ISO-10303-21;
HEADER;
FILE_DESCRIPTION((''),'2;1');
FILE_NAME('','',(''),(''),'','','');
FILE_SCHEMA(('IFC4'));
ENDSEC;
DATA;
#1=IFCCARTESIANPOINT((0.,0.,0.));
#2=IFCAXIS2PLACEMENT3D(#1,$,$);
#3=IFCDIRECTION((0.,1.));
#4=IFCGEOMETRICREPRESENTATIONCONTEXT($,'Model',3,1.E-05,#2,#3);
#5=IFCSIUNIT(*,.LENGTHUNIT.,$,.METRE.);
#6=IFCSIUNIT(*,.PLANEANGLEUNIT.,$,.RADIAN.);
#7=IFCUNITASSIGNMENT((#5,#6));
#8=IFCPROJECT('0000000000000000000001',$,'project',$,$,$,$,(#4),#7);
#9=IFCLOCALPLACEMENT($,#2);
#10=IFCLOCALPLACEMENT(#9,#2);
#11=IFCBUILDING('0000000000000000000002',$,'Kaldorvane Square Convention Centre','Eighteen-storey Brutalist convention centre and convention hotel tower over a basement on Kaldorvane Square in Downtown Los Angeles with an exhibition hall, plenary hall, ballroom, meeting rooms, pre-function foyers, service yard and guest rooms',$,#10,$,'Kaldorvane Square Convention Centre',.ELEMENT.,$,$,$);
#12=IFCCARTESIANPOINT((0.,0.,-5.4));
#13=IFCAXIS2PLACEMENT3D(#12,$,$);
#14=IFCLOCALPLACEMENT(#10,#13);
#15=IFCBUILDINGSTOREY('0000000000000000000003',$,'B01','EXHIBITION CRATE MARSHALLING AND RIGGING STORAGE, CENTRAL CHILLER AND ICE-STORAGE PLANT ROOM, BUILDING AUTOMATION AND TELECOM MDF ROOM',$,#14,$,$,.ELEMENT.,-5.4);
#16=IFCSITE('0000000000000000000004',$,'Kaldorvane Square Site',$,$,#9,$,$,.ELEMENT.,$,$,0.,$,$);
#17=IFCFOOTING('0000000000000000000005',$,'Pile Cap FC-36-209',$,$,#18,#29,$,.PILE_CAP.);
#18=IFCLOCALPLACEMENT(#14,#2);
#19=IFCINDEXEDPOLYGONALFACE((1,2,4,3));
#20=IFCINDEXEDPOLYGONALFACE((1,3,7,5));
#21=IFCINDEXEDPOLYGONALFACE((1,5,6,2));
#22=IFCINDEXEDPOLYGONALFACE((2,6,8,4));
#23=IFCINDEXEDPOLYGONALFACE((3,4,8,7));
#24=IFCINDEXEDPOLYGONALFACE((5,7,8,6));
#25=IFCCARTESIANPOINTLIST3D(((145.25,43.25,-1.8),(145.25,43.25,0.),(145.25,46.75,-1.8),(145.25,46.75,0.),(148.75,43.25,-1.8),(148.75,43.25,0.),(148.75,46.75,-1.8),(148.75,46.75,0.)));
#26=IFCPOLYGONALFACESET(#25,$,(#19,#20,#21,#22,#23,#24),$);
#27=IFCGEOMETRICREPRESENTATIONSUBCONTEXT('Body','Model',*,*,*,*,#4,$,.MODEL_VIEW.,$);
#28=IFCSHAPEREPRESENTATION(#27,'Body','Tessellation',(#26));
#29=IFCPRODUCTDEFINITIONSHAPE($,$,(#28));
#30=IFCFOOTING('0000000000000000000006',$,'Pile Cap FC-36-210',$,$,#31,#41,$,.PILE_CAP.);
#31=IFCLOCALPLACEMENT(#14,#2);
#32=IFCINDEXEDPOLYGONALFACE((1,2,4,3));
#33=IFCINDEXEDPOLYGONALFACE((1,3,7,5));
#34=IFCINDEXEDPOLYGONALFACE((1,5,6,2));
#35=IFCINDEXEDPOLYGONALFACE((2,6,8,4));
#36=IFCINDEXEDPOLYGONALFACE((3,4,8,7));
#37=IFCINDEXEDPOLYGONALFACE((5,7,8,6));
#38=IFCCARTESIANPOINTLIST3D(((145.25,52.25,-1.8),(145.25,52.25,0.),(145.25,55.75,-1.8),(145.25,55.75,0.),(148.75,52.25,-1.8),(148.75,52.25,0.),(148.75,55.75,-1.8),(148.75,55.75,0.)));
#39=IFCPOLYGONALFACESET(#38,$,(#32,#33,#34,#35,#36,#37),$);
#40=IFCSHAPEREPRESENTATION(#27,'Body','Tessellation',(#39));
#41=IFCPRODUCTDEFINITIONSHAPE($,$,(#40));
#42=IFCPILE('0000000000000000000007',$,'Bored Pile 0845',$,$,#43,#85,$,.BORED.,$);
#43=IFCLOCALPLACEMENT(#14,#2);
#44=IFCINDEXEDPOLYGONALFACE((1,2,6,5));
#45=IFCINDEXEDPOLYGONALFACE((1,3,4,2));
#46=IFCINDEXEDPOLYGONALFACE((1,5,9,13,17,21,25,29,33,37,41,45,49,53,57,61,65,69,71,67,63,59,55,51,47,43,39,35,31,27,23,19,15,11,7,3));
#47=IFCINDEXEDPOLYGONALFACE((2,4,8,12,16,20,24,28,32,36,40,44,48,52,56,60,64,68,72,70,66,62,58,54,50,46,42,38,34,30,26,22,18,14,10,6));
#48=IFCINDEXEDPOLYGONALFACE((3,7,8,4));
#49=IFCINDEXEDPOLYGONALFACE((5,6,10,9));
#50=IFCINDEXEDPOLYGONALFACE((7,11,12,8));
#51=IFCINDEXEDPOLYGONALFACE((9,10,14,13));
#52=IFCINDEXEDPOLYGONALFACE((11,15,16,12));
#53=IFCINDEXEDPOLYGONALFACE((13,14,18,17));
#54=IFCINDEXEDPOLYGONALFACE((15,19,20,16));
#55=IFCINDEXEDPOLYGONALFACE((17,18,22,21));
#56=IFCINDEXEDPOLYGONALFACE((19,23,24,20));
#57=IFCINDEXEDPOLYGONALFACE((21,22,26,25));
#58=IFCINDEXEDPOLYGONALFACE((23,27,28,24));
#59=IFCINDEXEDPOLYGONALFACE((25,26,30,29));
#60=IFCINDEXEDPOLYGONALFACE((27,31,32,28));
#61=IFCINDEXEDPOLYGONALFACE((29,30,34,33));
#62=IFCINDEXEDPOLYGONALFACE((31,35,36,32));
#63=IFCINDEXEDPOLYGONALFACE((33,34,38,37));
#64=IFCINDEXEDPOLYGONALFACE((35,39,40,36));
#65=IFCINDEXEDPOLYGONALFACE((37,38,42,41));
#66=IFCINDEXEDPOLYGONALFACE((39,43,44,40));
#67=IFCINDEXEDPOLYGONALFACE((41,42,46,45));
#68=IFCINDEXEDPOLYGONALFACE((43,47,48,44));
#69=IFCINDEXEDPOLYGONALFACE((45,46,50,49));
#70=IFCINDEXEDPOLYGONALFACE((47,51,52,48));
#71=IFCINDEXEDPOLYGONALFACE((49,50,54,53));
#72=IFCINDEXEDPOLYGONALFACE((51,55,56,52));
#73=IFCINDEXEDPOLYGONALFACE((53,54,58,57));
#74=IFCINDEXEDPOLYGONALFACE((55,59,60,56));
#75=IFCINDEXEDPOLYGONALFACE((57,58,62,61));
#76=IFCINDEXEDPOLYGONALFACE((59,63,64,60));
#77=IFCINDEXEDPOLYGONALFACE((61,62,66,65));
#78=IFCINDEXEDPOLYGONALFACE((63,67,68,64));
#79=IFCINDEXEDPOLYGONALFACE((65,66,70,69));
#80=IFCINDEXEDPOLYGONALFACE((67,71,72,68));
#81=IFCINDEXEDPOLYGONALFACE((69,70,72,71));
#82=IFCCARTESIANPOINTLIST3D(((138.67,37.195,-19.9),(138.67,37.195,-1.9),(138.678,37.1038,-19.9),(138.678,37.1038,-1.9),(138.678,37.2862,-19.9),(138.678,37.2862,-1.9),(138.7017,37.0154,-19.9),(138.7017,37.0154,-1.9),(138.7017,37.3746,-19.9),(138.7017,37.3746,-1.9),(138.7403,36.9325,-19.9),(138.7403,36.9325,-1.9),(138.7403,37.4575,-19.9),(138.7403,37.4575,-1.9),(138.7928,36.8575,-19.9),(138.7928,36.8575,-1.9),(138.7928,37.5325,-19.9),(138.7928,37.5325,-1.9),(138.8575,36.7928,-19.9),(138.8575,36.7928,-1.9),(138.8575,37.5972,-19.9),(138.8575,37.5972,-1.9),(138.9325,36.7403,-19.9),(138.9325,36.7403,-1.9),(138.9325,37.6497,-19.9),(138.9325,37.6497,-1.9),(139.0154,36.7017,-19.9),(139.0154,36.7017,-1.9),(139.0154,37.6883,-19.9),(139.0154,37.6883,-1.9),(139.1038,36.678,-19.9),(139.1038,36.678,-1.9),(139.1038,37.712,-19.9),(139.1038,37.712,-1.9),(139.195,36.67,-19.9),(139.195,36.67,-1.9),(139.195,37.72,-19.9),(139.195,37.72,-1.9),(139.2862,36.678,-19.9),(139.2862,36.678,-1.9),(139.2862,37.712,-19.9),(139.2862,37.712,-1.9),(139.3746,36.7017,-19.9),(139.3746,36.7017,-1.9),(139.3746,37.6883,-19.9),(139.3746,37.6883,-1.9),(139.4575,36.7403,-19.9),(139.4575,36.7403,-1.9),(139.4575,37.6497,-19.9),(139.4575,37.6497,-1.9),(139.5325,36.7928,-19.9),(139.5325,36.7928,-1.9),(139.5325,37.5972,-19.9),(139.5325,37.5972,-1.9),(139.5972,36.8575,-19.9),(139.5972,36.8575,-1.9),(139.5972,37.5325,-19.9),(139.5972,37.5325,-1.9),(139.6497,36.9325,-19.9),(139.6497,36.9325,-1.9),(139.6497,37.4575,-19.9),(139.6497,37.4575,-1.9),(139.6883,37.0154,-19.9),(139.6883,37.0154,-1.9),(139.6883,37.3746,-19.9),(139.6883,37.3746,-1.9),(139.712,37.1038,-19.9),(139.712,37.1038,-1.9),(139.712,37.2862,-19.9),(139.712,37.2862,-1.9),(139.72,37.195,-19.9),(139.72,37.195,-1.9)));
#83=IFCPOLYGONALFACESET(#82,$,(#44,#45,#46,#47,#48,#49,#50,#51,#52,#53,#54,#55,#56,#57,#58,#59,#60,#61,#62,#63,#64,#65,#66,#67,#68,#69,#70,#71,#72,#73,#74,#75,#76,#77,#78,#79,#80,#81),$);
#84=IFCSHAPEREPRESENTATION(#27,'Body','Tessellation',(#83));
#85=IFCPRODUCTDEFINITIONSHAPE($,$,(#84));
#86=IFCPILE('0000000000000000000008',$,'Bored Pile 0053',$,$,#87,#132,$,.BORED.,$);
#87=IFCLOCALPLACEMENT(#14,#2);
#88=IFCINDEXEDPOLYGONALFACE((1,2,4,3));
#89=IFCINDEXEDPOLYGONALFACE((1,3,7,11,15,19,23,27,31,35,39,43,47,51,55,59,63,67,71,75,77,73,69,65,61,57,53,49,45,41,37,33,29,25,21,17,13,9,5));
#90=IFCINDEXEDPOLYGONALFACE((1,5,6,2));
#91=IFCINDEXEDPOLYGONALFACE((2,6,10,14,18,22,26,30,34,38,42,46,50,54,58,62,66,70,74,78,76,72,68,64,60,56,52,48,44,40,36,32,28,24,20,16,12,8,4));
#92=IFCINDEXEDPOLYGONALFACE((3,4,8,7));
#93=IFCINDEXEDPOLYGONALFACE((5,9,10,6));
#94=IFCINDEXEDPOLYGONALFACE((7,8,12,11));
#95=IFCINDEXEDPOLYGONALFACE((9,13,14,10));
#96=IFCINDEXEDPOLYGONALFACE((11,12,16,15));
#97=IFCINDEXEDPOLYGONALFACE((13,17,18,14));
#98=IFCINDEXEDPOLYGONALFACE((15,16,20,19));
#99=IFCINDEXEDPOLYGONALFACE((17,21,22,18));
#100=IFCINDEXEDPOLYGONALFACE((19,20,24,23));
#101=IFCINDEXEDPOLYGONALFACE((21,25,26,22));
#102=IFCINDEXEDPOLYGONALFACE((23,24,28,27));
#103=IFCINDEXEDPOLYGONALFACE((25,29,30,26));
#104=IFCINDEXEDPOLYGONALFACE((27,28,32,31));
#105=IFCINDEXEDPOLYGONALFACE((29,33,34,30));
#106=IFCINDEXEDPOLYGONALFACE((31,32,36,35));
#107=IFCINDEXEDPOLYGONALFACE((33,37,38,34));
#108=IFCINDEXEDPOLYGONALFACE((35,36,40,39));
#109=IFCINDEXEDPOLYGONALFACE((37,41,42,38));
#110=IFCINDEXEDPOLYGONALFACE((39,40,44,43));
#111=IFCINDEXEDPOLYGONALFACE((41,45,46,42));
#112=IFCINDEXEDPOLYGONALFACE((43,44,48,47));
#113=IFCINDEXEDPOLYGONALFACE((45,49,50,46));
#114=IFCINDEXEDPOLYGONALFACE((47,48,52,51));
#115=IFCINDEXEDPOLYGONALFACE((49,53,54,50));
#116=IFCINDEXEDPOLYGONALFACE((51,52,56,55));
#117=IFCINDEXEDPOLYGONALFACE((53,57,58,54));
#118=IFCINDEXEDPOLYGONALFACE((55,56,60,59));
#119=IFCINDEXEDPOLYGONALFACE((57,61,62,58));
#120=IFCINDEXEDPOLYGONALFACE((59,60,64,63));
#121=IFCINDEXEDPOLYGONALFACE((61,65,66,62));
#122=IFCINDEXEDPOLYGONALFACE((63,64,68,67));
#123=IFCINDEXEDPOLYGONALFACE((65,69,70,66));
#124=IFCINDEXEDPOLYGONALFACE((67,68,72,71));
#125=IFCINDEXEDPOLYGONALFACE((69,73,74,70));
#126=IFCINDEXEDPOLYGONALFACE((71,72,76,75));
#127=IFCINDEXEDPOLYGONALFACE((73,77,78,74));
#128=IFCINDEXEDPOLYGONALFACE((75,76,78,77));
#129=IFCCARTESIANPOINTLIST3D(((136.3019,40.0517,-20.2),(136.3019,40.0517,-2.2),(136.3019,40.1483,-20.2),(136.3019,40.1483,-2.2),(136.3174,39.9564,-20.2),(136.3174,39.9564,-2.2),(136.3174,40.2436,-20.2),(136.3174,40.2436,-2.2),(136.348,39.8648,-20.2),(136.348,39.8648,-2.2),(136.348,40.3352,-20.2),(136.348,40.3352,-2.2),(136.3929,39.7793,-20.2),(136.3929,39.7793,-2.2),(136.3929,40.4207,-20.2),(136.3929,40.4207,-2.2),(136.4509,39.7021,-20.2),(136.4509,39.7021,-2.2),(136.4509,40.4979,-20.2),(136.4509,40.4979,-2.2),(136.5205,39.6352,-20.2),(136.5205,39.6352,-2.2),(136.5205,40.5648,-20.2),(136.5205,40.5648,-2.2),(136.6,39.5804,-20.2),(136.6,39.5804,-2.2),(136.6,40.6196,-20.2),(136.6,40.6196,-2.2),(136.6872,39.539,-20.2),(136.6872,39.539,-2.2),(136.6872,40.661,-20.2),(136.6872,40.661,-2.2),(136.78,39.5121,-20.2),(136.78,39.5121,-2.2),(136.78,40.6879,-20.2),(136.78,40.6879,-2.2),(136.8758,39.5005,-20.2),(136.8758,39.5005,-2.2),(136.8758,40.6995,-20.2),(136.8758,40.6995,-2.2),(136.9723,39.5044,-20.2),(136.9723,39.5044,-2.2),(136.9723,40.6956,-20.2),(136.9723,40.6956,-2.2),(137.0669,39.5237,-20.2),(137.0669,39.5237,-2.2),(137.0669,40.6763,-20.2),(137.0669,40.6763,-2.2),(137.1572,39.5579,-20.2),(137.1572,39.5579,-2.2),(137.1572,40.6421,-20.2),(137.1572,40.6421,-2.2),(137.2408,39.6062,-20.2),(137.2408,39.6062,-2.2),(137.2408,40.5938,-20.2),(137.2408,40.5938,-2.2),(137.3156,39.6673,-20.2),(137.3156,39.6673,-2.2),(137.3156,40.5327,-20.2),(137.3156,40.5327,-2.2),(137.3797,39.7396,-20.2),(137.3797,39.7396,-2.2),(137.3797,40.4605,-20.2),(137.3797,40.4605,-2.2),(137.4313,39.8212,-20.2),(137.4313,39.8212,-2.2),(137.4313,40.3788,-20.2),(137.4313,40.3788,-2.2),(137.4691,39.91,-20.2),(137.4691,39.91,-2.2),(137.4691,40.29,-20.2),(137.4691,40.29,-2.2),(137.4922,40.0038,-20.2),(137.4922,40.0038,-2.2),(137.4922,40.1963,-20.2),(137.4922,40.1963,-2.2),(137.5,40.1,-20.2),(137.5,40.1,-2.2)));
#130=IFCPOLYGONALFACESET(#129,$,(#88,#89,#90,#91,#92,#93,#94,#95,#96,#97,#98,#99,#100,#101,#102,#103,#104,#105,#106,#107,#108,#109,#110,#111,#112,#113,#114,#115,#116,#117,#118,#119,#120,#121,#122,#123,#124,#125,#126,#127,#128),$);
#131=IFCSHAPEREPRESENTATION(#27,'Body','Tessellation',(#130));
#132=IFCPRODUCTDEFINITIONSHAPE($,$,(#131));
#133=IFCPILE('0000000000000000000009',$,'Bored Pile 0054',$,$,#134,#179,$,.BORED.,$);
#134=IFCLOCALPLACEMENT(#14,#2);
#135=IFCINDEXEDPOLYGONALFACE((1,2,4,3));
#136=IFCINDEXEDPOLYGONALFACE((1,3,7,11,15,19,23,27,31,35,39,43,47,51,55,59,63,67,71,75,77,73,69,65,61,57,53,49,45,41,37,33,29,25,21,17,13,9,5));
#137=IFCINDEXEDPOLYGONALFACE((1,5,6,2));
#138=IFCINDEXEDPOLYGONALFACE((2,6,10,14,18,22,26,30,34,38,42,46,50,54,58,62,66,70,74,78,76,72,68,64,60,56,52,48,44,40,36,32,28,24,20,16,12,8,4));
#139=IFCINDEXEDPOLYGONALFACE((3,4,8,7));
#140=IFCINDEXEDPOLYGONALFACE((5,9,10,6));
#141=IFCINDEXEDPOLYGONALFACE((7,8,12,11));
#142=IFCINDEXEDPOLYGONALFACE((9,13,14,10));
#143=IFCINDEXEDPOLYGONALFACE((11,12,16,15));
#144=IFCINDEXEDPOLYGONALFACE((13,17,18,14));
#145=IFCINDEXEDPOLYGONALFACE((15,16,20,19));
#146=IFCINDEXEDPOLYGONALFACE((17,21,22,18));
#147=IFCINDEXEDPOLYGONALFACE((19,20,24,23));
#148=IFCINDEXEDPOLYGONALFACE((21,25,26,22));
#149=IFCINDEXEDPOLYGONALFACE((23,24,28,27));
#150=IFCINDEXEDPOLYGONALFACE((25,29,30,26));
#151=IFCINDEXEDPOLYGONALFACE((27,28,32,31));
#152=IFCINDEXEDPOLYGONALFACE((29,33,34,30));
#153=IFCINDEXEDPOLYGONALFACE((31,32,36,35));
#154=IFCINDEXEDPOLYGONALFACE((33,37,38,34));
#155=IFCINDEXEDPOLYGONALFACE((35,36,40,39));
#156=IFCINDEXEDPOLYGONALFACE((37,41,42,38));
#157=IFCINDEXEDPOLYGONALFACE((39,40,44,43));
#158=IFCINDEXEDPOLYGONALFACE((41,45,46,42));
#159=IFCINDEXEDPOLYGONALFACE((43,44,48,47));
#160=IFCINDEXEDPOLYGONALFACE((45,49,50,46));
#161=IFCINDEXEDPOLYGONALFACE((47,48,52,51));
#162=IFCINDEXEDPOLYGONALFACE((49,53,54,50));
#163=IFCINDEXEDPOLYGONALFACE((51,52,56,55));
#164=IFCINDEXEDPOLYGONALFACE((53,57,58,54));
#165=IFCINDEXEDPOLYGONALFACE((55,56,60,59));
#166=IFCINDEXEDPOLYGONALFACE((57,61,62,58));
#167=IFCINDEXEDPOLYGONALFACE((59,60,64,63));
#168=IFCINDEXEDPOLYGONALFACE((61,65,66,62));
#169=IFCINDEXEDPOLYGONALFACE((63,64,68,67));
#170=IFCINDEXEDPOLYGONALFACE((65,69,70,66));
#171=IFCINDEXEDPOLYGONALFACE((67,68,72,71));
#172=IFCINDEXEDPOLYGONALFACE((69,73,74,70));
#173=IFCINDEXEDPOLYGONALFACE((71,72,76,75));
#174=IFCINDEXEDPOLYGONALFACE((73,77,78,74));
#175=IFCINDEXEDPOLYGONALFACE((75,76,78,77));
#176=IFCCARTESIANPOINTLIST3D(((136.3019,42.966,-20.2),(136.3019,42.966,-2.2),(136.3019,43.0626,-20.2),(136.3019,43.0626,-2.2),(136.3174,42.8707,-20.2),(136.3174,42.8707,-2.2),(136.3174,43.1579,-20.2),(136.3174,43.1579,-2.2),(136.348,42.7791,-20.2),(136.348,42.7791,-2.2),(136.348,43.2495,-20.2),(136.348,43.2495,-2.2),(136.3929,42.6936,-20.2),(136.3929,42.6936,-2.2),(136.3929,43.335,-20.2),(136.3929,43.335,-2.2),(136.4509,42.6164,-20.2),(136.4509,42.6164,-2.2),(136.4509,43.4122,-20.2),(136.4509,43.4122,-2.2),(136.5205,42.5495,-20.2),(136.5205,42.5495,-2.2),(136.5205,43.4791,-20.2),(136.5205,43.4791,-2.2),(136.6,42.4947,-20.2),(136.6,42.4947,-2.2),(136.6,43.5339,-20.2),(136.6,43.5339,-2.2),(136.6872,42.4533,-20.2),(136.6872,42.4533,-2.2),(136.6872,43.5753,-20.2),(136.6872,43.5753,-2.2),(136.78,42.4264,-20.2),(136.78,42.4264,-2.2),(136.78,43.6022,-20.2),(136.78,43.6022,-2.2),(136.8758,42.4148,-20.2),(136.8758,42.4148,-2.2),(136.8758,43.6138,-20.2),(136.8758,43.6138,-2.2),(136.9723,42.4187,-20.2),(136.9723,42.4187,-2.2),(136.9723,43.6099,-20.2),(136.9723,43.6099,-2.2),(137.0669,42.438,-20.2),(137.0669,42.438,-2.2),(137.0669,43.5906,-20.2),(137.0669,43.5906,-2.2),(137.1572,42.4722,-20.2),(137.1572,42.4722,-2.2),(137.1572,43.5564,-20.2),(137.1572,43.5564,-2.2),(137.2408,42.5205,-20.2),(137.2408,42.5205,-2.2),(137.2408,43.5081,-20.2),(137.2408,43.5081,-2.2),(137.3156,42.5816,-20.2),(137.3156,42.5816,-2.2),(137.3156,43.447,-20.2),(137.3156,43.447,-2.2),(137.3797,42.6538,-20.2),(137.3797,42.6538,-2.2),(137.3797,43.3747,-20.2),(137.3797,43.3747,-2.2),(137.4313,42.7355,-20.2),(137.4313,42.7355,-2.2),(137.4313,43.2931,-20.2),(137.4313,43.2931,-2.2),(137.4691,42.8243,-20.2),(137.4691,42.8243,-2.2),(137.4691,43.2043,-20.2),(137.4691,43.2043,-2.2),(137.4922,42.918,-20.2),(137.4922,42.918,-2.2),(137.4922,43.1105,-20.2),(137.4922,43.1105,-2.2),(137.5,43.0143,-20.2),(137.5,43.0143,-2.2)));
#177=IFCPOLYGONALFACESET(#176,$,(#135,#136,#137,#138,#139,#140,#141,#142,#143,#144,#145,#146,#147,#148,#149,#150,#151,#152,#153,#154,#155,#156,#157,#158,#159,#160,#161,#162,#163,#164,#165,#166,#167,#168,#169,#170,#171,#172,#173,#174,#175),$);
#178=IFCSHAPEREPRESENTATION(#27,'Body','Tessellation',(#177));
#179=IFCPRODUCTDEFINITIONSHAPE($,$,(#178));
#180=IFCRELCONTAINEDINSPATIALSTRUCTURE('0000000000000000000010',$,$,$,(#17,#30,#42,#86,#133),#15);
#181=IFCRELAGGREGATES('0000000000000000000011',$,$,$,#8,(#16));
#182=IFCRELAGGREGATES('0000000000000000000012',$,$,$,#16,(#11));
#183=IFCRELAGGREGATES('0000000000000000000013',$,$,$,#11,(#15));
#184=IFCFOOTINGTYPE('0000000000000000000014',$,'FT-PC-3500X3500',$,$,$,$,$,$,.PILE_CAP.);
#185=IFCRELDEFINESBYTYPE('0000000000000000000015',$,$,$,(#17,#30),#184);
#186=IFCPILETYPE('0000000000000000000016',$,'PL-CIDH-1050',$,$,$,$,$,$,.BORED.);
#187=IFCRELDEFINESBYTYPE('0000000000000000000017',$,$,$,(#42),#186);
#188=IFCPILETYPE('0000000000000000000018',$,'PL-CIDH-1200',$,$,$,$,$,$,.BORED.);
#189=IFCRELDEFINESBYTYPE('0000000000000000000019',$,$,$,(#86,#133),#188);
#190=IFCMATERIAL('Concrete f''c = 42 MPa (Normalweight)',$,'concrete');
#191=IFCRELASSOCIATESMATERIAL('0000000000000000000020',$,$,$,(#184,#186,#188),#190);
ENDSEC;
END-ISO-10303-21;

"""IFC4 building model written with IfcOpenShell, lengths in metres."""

from ifc_helpers import new_model, si_unit, direction, frame, origin, origin_2d, place, context, subcontext, project, spatial, rectangle, circle, extrude, material, material_profile, profile_set, type_object, element, save


model = new_model("IFC4")

# Units and contexts
model_context = context("Model", 3, precision=1e-05, world=origin(), true_north=direction((0.0, 1.0)))
body_context = subcontext(model_context, "Body", "Model", "MODEL_VIEW")
ifc_project = project(units=[si_unit("LENGTHUNIT", "METRE"), si_unit("PLANEANGLEUNIT", "RADIAN")], contexts=[model_context])

# Site, building, storey
site_placement = place(None, origin())
site = spatial("IfcSite", under=ifc_project, at=site_placement, Name="Kaldorvane Square Site", CompositionType="ELEMENT", RefElevation=0.0)
building_placement = place(site_placement, origin())
building = spatial("IfcBuilding", under=site, at=building_placement, Name="Kaldorvane Square Convention Centre", Description="Eighteen-storey Brutalist convention centre and convention hotel tower over a basement on Kaldorvane Square in Downtown Los Angeles with an exhibition hall, plenary hall, ballroom, meeting rooms, pre-function foyers, service yard and guest rooms", LongName="Kaldorvane Square Convention Centre", CompositionType="ELEMENT")
storey_placement = place(building_placement, frame((0.0, 0.0, -5.4)))
storey = spatial("IfcBuildingStorey", under=building, at=storey_placement, Name="B01", Description="EXHIBITION CRATE MARSHALLING AND RIGGING STORAGE, CENTRAL CHILLER AND ICE-STORAGE PLANT ROOM, BUILDING AUTOMATION AND TELECOM MDF ROOM", CompositionType="ELEMENT", Elevation=-5.4)

# Footings
ifc_material_1 = material(Name="Concrete f'c = 42 MPa (Normalweight)", Category="concrete")
footing_type = type_object("IfcFootingType", Name="FT-PC-3500X3500", PredefinedType="PILE_CAP", material=ifc_material_1)
for number, where, z_axis, x_axis, name in (
    (1, (147.0, 45.0, -1.8), (0.0, 0.0, 1.0), (1.0, 0.0, 0.0), "Pile Cap FC-36-209"),
    (2, (147.0, 54.0, -1.8), (0.0, 0.0, 1.0), (1.0, 0.0, 0.0), "Pile Cap FC-36-210"),
):
    element("IfcFooting", number, at=place(storey_placement, frame(where, z_axis=z_axis, x_axis=x_axis)), inside=storey, type_object=footing_type, Name=name, PredefinedType="PILE_CAP", context=body_context, shape_type="SweptSolid", body=[
        extrude(rectangle(XDim=3.5, YDim=3.5, at=origin_2d()), origin(), (0.0, 0.0, 1.0), 1.8),
    ])

# Piles
ifc_material_profile_1 = material_profile(ifc_material_1, circle(Radius=0.525, at=origin_2d()), Name="PILE-D1050")
ifc_profile_set_1 = profile_set([ifc_material_profile_1], Name="Concrete f'c = 42 MPa (Normalweight)")
pile_type_1 = type_object("IfcPileType", Name="PL-CIDH-1050", PredefinedType="BORED", material=ifc_profile_set_1)
pile_placement = place(storey_placement, frame((139.195, 37.195, -1.9), z_axis=(0.0, 0.0, -1.0), x_axis=(1.0, 0.0, 0.0)))
element("IfcPile", 3, at=pile_placement, inside=storey, type_object=pile_type_1, Name="Bored Pile 0845", PredefinedType="BORED", context=body_context, shape_type="SweptSolid", body=[
    extrude(circle(Radius=0.525, at=origin_2d()), origin(), (0.0, 0.0, 1.0), 18.0),
])
ifc_material_profile_2 = material_profile(ifc_material_1, circle(Radius=0.6, at=origin_2d()), Name="PILE-D1200")
ifc_profile_set_2 = profile_set([ifc_material_profile_2], Name="Concrete f'c = 42 MPa (Normalweight)")
pile_type_2 = type_object("IfcPileType", Name="PL-CIDH-1200", PredefinedType="BORED", material=ifc_profile_set_2)
for number, where, z_axis, x_axis, name in (
    (4, (136.9, 40.1, -2.2), (0.0, 0.0, -1.0), (1.0, 0.0, 0.0), "Bored Pile 0053"),
    (5, (136.9, 43.0143, -2.2), (0.0, 0.0, -1.0), (1.0, 0.0, 0.0), "Bored Pile 0054"),
):
    element("IfcPile", number, at=place(storey_placement, frame(where, z_axis=z_axis, x_axis=x_axis)), inside=storey, type_object=pile_type_2, Name=name, PredefinedType="BORED", context=body_context, shape_type="SweptSolid", body=[
        extrude(circle(Radius=0.6, at=origin_2d()), origin(), (0.0, 0.0, 1.0), 18.0),
    ])

save(model, "model.ifc")
